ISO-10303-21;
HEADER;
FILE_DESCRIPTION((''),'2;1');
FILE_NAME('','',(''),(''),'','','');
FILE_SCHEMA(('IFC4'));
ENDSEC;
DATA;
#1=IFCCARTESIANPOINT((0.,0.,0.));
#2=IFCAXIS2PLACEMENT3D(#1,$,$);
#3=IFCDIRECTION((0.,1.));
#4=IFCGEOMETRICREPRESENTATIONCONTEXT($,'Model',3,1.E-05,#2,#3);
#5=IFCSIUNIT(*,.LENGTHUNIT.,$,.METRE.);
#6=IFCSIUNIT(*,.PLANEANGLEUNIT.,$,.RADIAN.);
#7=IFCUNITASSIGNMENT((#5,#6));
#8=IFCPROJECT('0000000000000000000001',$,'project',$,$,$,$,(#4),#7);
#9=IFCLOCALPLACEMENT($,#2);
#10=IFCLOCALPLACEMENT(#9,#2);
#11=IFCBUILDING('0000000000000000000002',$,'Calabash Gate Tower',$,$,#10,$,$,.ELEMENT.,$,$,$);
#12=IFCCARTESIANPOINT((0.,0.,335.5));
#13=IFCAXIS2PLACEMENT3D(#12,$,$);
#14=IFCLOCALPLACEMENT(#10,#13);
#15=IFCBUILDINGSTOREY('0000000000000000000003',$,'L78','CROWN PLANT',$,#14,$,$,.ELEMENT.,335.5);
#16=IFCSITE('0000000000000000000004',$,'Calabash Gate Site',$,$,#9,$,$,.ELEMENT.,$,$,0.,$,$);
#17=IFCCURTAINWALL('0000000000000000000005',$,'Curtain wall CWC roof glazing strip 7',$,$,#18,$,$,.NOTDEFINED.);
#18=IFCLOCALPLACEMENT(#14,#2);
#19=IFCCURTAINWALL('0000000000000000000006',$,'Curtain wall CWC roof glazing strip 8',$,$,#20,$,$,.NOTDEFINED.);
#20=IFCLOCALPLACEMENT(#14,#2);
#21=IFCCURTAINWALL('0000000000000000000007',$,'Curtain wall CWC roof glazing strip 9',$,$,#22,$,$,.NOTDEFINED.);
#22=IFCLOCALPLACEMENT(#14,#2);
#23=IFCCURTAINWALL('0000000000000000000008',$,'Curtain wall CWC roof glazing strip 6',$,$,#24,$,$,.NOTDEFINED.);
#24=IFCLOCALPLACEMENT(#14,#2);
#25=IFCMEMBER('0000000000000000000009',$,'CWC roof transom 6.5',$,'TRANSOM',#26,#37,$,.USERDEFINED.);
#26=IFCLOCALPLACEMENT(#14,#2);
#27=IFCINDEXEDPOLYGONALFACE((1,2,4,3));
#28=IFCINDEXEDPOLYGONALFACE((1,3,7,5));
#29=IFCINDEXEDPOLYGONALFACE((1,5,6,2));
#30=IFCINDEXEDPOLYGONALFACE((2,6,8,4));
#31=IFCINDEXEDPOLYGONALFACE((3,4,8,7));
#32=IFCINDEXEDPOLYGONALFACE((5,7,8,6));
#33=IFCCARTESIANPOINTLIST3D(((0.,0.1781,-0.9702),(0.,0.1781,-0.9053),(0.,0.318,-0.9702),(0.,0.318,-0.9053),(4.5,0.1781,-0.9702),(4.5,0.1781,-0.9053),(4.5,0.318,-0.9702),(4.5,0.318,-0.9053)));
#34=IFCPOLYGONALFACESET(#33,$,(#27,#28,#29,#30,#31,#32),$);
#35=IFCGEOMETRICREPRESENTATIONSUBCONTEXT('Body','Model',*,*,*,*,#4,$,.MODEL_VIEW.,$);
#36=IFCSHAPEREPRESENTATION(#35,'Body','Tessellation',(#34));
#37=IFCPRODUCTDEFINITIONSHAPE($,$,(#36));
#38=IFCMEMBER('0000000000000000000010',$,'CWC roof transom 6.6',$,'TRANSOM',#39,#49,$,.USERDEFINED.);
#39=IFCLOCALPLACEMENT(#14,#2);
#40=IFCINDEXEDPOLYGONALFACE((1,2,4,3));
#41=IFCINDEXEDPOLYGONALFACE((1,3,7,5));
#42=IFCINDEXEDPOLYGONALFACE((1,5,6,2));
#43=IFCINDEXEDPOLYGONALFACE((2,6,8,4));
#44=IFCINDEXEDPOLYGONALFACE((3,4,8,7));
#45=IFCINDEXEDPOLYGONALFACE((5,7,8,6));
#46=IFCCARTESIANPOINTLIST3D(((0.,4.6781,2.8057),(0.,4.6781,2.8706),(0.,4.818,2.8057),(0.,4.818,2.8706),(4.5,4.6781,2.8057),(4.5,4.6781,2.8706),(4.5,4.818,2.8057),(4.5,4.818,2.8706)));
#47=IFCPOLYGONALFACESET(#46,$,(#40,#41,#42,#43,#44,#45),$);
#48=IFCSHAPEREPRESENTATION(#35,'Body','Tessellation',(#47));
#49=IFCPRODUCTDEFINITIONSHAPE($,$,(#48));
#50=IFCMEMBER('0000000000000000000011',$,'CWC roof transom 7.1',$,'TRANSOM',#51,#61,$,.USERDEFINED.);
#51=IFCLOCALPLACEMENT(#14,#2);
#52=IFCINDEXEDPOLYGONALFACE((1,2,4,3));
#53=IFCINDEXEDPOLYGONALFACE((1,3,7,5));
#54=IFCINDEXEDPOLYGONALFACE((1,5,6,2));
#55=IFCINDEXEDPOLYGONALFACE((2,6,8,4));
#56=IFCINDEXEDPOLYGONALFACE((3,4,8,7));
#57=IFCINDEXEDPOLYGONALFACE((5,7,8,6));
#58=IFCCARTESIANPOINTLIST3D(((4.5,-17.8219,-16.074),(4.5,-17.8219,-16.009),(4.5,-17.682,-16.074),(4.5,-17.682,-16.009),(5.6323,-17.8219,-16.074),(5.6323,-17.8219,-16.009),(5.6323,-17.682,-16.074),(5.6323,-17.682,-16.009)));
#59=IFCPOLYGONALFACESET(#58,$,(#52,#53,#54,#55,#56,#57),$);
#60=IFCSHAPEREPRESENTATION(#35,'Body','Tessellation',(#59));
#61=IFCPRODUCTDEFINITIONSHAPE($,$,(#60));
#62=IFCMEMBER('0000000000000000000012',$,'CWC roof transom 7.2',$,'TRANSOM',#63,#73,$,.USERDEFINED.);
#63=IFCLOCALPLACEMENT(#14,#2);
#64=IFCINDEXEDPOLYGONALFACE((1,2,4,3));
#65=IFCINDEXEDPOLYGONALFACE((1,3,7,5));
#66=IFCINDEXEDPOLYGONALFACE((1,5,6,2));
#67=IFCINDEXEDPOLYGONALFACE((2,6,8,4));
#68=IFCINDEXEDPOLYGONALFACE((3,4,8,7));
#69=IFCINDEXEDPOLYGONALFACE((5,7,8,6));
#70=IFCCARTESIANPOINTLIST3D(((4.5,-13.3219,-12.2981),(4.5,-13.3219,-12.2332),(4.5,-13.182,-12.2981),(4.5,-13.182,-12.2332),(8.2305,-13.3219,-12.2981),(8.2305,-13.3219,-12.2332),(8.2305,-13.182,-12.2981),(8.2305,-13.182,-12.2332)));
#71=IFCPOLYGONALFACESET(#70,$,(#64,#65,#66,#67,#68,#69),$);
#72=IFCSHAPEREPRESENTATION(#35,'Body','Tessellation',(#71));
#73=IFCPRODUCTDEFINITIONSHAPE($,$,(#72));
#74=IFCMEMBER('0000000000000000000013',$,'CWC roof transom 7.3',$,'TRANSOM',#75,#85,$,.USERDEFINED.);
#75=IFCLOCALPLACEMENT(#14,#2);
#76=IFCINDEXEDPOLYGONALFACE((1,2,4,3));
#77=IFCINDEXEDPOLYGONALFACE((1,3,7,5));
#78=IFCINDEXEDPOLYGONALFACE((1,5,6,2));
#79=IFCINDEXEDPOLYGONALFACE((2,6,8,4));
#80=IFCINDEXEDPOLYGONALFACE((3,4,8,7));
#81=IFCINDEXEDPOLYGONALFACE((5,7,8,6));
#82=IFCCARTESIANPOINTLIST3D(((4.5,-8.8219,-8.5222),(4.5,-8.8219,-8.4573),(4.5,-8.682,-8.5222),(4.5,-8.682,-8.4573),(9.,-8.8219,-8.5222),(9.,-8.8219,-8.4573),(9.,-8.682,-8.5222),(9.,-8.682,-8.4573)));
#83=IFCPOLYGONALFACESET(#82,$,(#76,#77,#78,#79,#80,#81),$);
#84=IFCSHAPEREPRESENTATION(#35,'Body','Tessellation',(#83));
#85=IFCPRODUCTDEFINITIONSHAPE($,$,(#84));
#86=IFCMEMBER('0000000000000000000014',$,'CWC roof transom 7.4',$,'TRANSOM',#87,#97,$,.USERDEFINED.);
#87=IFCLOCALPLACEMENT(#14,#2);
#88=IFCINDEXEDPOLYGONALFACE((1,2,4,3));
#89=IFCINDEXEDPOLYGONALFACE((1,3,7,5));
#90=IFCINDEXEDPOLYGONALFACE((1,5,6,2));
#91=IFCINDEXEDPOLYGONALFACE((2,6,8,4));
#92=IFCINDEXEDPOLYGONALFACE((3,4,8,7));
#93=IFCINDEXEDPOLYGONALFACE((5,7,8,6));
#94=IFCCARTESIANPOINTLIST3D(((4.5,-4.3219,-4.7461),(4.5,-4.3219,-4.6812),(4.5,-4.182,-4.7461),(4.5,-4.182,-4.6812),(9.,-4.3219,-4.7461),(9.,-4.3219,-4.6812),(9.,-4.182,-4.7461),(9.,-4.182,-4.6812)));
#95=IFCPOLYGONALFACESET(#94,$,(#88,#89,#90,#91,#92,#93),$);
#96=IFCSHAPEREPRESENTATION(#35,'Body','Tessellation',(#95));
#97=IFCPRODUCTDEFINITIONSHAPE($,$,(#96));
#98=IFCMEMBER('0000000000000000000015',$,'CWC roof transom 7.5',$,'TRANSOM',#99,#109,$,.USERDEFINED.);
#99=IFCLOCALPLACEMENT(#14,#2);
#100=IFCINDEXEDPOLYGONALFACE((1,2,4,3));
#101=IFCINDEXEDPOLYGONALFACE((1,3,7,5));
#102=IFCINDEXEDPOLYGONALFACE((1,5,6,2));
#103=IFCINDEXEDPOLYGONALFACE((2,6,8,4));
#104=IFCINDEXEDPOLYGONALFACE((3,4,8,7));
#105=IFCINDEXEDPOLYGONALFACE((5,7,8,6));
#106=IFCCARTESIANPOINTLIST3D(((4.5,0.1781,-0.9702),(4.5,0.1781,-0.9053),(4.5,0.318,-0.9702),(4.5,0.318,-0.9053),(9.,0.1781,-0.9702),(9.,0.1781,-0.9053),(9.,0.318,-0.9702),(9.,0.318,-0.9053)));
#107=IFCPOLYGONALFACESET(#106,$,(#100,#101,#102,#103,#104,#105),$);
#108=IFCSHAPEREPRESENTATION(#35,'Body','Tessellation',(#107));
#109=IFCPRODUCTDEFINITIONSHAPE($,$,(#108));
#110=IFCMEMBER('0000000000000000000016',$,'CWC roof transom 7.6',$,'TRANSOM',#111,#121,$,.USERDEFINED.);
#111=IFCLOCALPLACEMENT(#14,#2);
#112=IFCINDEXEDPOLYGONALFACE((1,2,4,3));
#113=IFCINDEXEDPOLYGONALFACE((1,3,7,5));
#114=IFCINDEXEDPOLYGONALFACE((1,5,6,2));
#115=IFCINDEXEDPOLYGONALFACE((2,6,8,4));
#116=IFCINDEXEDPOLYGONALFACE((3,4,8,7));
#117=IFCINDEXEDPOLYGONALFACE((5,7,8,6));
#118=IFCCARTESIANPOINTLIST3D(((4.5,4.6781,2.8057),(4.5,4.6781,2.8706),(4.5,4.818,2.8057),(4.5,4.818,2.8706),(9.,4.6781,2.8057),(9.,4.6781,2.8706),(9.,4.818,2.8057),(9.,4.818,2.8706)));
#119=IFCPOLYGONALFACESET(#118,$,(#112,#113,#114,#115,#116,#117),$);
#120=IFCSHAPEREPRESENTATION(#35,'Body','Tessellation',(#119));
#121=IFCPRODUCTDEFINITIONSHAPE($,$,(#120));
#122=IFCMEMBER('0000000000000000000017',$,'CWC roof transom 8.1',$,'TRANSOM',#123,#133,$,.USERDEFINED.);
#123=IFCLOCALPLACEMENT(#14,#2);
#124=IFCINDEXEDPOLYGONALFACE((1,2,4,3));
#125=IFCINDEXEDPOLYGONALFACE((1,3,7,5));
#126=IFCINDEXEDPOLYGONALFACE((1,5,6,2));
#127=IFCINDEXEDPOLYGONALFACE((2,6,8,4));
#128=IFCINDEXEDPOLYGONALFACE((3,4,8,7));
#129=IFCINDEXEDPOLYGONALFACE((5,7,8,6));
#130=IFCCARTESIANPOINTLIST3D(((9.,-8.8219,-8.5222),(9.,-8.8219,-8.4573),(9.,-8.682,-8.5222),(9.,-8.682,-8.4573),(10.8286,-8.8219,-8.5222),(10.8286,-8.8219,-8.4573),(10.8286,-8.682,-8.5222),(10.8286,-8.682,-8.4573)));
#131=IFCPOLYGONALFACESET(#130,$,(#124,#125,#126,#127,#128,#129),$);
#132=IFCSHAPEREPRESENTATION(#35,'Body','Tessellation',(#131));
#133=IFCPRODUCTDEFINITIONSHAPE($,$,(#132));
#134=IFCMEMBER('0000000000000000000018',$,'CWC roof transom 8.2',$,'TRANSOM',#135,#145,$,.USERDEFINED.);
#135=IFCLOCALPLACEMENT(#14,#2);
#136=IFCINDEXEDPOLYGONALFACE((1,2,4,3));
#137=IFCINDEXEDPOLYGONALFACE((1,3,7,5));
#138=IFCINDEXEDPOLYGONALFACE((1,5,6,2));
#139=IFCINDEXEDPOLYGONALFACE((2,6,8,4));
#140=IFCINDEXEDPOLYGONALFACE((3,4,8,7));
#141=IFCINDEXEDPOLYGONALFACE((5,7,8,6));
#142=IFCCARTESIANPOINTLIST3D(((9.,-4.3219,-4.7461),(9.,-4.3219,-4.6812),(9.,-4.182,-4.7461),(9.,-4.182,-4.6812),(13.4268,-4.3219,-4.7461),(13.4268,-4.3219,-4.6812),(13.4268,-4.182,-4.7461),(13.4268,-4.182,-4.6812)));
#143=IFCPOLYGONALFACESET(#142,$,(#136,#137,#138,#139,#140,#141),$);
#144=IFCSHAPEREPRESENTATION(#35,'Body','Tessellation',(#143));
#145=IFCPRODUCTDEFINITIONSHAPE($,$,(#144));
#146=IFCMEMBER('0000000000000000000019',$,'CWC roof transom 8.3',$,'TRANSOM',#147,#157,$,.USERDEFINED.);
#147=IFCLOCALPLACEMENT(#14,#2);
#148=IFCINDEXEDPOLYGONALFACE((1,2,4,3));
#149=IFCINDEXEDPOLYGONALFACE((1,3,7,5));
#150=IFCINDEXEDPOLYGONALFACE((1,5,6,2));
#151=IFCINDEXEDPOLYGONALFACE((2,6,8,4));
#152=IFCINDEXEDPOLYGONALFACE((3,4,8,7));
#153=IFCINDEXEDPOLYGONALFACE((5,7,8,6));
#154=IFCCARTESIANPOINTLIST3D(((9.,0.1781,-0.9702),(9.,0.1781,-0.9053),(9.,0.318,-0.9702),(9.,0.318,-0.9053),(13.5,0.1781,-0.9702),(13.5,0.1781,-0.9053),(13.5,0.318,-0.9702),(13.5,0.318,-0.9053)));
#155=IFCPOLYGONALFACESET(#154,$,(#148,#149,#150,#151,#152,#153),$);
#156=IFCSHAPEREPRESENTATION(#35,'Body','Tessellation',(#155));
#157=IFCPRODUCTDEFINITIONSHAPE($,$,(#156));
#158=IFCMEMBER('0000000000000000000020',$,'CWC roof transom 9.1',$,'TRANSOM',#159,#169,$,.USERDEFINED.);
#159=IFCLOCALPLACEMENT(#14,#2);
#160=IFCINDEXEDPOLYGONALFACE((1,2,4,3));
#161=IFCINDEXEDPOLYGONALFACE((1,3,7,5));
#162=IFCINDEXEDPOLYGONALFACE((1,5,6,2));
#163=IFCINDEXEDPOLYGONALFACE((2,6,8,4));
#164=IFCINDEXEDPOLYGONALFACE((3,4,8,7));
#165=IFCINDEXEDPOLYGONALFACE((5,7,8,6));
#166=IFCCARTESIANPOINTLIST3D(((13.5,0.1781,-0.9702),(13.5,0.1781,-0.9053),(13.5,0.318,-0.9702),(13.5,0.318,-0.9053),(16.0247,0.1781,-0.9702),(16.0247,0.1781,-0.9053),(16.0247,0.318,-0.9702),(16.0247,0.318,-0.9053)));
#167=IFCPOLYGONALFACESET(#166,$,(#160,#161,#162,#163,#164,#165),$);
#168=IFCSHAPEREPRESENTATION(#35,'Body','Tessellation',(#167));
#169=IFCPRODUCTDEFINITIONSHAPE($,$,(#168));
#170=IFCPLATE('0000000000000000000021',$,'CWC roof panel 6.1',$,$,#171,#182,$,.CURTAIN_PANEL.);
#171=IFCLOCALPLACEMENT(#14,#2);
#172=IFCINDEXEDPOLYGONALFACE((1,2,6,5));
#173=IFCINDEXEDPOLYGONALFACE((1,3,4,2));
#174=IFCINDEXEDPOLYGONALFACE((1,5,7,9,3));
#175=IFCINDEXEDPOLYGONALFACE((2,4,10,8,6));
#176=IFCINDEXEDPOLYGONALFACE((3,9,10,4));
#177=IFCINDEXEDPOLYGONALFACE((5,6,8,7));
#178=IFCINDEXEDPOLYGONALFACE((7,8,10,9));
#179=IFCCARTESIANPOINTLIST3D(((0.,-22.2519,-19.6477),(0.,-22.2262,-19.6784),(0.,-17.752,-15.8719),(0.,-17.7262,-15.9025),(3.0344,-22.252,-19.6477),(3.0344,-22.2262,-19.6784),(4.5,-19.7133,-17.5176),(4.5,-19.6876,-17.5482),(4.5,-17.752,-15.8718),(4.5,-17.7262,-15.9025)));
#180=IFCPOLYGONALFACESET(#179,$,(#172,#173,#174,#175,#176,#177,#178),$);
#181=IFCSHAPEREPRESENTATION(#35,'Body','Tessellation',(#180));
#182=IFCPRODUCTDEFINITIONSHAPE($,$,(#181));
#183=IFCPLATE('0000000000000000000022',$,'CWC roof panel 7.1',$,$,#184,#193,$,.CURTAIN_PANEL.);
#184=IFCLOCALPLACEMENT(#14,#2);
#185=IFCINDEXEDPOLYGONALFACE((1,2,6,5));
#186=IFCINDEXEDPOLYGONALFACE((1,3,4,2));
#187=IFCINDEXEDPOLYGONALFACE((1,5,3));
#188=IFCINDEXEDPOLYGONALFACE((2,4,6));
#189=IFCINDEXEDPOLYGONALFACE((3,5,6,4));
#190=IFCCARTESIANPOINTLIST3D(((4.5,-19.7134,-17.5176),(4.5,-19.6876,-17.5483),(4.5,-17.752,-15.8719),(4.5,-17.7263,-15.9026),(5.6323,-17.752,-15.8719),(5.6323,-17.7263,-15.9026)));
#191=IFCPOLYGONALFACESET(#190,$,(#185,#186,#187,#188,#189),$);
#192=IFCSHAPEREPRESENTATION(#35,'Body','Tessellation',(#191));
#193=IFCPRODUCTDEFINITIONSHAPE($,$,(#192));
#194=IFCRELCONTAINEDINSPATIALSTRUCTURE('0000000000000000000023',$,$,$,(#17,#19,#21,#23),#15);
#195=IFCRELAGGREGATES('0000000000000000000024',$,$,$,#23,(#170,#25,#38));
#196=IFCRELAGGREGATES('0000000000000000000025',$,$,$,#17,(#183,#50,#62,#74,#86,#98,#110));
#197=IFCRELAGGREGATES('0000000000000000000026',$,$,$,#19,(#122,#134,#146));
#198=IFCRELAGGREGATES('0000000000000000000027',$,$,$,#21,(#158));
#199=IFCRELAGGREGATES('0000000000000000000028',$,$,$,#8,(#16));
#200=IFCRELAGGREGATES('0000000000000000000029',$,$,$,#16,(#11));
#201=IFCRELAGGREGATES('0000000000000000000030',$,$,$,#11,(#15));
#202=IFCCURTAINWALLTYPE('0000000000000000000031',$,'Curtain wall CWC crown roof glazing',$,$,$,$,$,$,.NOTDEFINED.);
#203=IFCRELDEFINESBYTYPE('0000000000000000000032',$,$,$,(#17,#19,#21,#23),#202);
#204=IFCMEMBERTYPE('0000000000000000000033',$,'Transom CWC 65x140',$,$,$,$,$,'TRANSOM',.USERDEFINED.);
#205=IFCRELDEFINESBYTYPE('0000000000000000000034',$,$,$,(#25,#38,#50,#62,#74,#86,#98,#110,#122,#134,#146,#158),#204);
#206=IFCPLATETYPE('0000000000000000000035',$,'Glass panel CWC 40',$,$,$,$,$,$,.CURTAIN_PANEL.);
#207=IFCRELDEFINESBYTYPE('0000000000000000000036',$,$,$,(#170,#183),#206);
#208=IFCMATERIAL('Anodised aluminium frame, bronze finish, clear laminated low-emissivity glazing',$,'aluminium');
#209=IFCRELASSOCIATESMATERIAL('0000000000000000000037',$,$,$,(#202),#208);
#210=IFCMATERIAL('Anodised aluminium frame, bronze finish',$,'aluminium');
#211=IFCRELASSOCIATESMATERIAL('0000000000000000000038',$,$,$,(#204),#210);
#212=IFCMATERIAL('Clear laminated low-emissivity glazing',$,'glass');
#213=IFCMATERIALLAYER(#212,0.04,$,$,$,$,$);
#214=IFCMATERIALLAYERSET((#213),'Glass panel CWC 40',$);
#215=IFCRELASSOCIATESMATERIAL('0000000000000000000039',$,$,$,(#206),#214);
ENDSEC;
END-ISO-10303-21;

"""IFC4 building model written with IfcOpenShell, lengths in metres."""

from ifc_helpers import new_model, si_unit, direction, frame, origin, origin_2d, place, context, subcontext, project, spatial, polyline, rectangle, outline, extrude, material, layer, layer_set, material_profile, profile_set, type_object, element, aggregate, save


model = new_model("IFC4")

# Units and contexts
model_context = context("Model", 3, precision=1e-05, world=origin(), true_north=direction((0.0, 1.0)))
body_context = subcontext(model_context, "Body", "Model", "MODEL_VIEW")
ifc_project = project(units=[si_unit("LENGTHUNIT", "METRE"), si_unit("PLANEANGLEUNIT", "RADIAN")], contexts=[model_context])

# Site, building, storey
site_placement = place(None, origin())
site = spatial("IfcSite", under=ifc_project, at=site_placement, Name="Calabash Gate Site", CompositionType="ELEMENT", RefElevation=0.0)
building_placement = place(site_placement, origin())
building = spatial("IfcBuilding", under=site, at=building_placement, Name="Calabash Gate Tower", CompositionType="ELEMENT")
storey_placement = place(building_placement, frame((0.0, 0.0, 335.5)))
storey = spatial("IfcBuildingStorey", under=building, at=storey_placement, Name="L78", Description="CROWN PLANT", CompositionType="ELEMENT", Elevation=335.5)

# Curtain walls
ifc_material_1 = material(Name="Anodised aluminium frame, bronze finish, clear laminated low-emissivity glazing", Category="aluminium")
curtain_wall_type = type_object("IfcCurtainWallType", Name="Curtain wall CWC crown roof glazing", PredefinedType="NOTDEFINED", material=ifc_material_1)
curtain_wall_1_placement = place(storey_placement, origin())
curtain_wall_1 = element("IfcCurtainWall", 1, at=curtain_wall_1_placement, inside=storey, type_object=curtain_wall_type, Name="Curtain wall CWC roof glazing strip 7", PredefinedType="NOTDEFINED")
curtain_wall_2_placement = place(storey_placement, origin())
curtain_wall_2 = element("IfcCurtainWall", 2, at=curtain_wall_2_placement, inside=storey, type_object=curtain_wall_type, Name="Curtain wall CWC roof glazing strip 8", PredefinedType="NOTDEFINED")
curtain_wall_3_placement = place(storey_placement, origin())
curtain_wall_3 = element("IfcCurtainWall", 3, at=curtain_wall_3_placement, inside=storey, type_object=curtain_wall_type, Name="Curtain wall CWC roof glazing strip 9", PredefinedType="NOTDEFINED")

# Curtain wall, members
curtain_wall_4_placement = place(storey_placement, origin())
curtain_wall_4 = element("IfcCurtainWall", 4, at=curtain_wall_4_placement, inside=storey, type_object=curtain_wall_type, Name="Curtain wall CWC roof glazing strip 6", PredefinedType="NOTDEFINED")
ifc_material_2 = material(Name="Anodised aluminium frame, bronze finish", Category="aluminium")
ifc_material_profile_1 = material_profile(ifc_material_2, rectangle(XDim=0.1399, YDim=0.0649, at=origin_2d()))
ifc_profile_set_1 = profile_set([ifc_material_profile_1], Name="Anodised aluminium frame, bronze finish")
member_type_1 = type_object("IfcMemberType", Name="Transom CWC 65x140", ElementType="TRANSOM", PredefinedType="USERDEFINED", material=ifc_profile_set_1)
member_1_placement = place(storey_placement, frame((0.0, 0.248, -0.9377), z_axis=(1.0, 0.0, 0.0), x_axis=(0.0, 1.0, 0.0)))
member_1 = element("IfcMember", 5, at=member_1_placement, type_object=member_type_1, Name="CWC roof transom 6.5", ObjectType="TRANSOM", PredefinedType="USERDEFINED", context=body_context, shape_type="SweptSolid", body=[
    extrude(rectangle(XDim=0.1399, YDim=0.0649, at=origin_2d()), origin(), (0.0, 0.0, 1.0), 4.5),
])
member_2_placement = place(storey_placement, frame((0.0, 4.748, 2.8381), z_axis=(1.0, 0.0, 0.0), x_axis=(0.0, 1.0, 0.0)))
member_2 = element("IfcMember", 6, at=member_2_placement, type_object=member_type_1, Name="CWC roof transom 6.6", ObjectType="TRANSOM", PredefinedType="USERDEFINED", context=body_context, shape_type="SweptSolid", body=[
    extrude(rectangle(XDim=0.1399, YDim=0.0649, at=origin_2d()), origin(), (0.0, 0.0, 1.0), 4.5),
])

# Members
member_3_placement = place(storey_placement, frame((4.5, -17.752, -16.0415), z_axis=(1.0, 0.0, 0.0), x_axis=(0.0, 1.0, 0.0)))
member_3 = element("IfcMember", 7, at=member_3_placement, type_object=member_type_1, Name="CWC roof transom 7.1", ObjectType="TRANSOM", PredefinedType="USERDEFINED", context=body_context, shape_type="SweptSolid", body=[
    extrude(rectangle(XDim=0.1399, YDim=0.0649, at=origin_2d()), origin(), (0.0, 0.0, 1.0), 1.1323),
])
member_4_placement = place(storey_placement, frame((4.5, -13.252, -12.2656), z_axis=(1.0, 0.0, 0.0), x_axis=(0.0, 1.0, 0.0)))
member_4 = element("IfcMember", 8, at=member_4_placement, type_object=member_type_1, Name="CWC roof transom 7.2", ObjectType="TRANSOM", PredefinedType="USERDEFINED", context=body_context, shape_type="SweptSolid", body=[
    extrude(rectangle(XDim=0.1399, YDim=0.0649, at=origin_2d()), origin(), (0.0, 0.0, 1.0), 3.7305),
])
member_5_placement = place(storey_placement, frame((4.5, -8.752, -8.4897), z_axis=(1.0, 0.0, 0.0), x_axis=(0.0, 1.0, 0.0)))
member_5 = element("IfcMember", 9, at=member_5_placement, type_object=member_type_1, Name="CWC roof transom 7.3", ObjectType="TRANSOM", PredefinedType="USERDEFINED", context=body_context, shape_type="SweptSolid", body=[
    extrude(rectangle(XDim=0.1399, YDim=0.0649, at=origin_2d()), origin(), (0.0, 0.0, 1.0), 4.5),
])
member_6_placement = place(storey_placement, frame((4.5, -4.252, -4.7136), z_axis=(1.0, 0.0, 0.0), x_axis=(0.0, 1.0, 0.0)))
member_6 = element("IfcMember", 10, at=member_6_placement, type_object=member_type_1, Name="CWC roof transom 7.4", ObjectType="TRANSOM", PredefinedType="USERDEFINED", context=body_context, shape_type="SweptSolid", body=[
    extrude(rectangle(XDim=0.1399, YDim=0.0649, at=origin_2d()), origin(), (0.0, 0.0, 1.0), 4.5),
])
member_7_placement = place(storey_placement, frame((4.5, 0.248, -0.9377), z_axis=(1.0, 0.0, 0.0), x_axis=(0.0, 1.0, 0.0)))
member_7 = element("IfcMember", 11, at=member_7_placement, type_object=member_type_1, Name="CWC roof transom 7.5", ObjectType="TRANSOM", PredefinedType="USERDEFINED", context=body_context, shape_type="SweptSolid", body=[
    extrude(rectangle(XDim=0.1399, YDim=0.0649, at=origin_2d()), origin(), (0.0, 0.0, 1.0), 4.5),
])
member_8_placement = place(storey_placement, frame((4.5, 4.748, 2.8381), z_axis=(1.0, 0.0, 0.0), x_axis=(0.0, 1.0, 0.0)))
member_8 = element("IfcMember", 12, at=member_8_placement, type_object=member_type_1, Name="CWC roof transom 7.6", ObjectType="TRANSOM", PredefinedType="USERDEFINED", context=body_context, shape_type="SweptSolid", body=[
    extrude(rectangle(XDim=0.1399, YDim=0.0649, at=origin_2d()), origin(), (0.0, 0.0, 1.0), 4.5),
])
member_9_placement = place(storey_placement, frame((9.0, -8.752, -8.4897), z_axis=(1.0, 0.0, 0.0), x_axis=(0.0, 1.0, 0.0)))
member_9 = element("IfcMember", 13, at=member_9_placement, type_object=member_type_1, Name="CWC roof transom 8.1", ObjectType="TRANSOM", PredefinedType="USERDEFINED", context=body_context, shape_type="SweptSolid", body=[
    extrude(rectangle(XDim=0.1399, YDim=0.0649, at=origin_2d()), origin(), (0.0, 0.0, 1.0), 1.8286),
])
member_10_placement = place(storey_placement, frame((9.0, -4.252, -4.7136), z_axis=(1.0, 0.0, 0.0), x_axis=(0.0, 1.0, 0.0)))
member_10 = element("IfcMember", 14, at=member_10_placement, type_object=member_type_1, Name="CWC roof transom 8.2", ObjectType="TRANSOM", PredefinedType="USERDEFINED", context=body_context, shape_type="SweptSolid", body=[
    extrude(rectangle(XDim=0.1399, YDim=0.0649, at=origin_2d()), origin(), (0.0, 0.0, 1.0), 4.4268),
])
member_11_placement = place(storey_placement, frame((9.0, 0.248, -0.9377), z_axis=(1.0, 0.0, 0.0), x_axis=(0.0, 1.0, 0.0)))
member_11 = element("IfcMember", 15, at=member_11_placement, type_object=member_type_1, Name="CWC roof transom 8.3", ObjectType="TRANSOM", PredefinedType="USERDEFINED", context=body_context, shape_type="SweptSolid", body=[
    extrude(rectangle(XDim=0.1399, YDim=0.0649, at=origin_2d()), origin(), (0.0, 0.0, 1.0), 4.5),
])
member_12_placement = place(storey_placement, frame((13.5, 0.248, -0.9377), z_axis=(1.0, 0.0, 0.0), x_axis=(0.0, 1.0, 0.0)))
member_12 = element("IfcMember", 16, at=member_12_placement, type_object=member_type_1, Name="CWC roof transom 9.1", ObjectType="TRANSOM", PredefinedType="USERDEFINED", context=body_context, shape_type="SweptSolid", body=[
    extrude(rectangle(XDim=0.1399, YDim=0.0649, at=origin_2d()), origin(), (0.0, 0.0, 1.0), 2.5247),
])

# Plates
ifc_material_3 = material(Name="Clear laminated low-emissivity glazing", Category="glass")
ifc_layer = layer(ifc_material_3, 0.04)
ifc_layer_set = layer_set([ifc_layer], Name="Glass panel CWC 40")
plate_type = type_object("IfcPlateType", Name="Glass panel CWC 40", PredefinedType="CURTAIN_PANEL", material=ifc_layer_set)
plate_1_placement = place(storey_placement, frame((3.0344, -22.252, -19.6477), z_axis=(-0.000005, -0.64278, 0.766051), x_axis=(-1.0, 0.000003, -0.000004)))
plate_1 = element("IfcPlate", 17, at=plate_1_placement, type_object=plate_type, Name="CWC roof panel 6.1", PredefinedType="CURTAIN_PANEL", context=body_context, shape_type="SweptSolid", body=[
    extrude(outline(polyline([(0.0, 0.0), (3.0344, 0.0), (3.0344, -5.8743), (-1.4656, -5.8743), (-1.4656, -3.314), (0.0, 0.0)])), origin(), (0.0, 0.0, -1.0), 0.04),
])
aggregate(curtain_wall_4, [plate_1, member_1, member_2])
plate_2_placement = place(storey_placement, frame((4.5, -19.7134, -17.5176), z_axis=(0.0, -0.642769, 0.76606), x_axis=(0.0, 0.76606, 0.642769)))
plate_2 = element("IfcPlate", 18, at=plate_2_placement, type_object=plate_type, Name="CWC roof panel 7.1", PredefinedType="CURTAIN_PANEL", context=body_context, shape_type="SweptSolid", body=[
    extrude(outline(polyline([(0.0, 0.0), (2.5603, 0.0), (2.5603, -1.1323), (0.0, 0.0)])), origin(), (0.0, 0.0, -1.0), 0.04),
])
aggregate(curtain_wall_1, [plate_2, member_3, member_4, member_5, member_6, member_7, member_8])
aggregate(curtain_wall_2, [member_9, member_10, member_11])
aggregate(curtain_wall_3, [member_12])

save(model, "model.ifc")
